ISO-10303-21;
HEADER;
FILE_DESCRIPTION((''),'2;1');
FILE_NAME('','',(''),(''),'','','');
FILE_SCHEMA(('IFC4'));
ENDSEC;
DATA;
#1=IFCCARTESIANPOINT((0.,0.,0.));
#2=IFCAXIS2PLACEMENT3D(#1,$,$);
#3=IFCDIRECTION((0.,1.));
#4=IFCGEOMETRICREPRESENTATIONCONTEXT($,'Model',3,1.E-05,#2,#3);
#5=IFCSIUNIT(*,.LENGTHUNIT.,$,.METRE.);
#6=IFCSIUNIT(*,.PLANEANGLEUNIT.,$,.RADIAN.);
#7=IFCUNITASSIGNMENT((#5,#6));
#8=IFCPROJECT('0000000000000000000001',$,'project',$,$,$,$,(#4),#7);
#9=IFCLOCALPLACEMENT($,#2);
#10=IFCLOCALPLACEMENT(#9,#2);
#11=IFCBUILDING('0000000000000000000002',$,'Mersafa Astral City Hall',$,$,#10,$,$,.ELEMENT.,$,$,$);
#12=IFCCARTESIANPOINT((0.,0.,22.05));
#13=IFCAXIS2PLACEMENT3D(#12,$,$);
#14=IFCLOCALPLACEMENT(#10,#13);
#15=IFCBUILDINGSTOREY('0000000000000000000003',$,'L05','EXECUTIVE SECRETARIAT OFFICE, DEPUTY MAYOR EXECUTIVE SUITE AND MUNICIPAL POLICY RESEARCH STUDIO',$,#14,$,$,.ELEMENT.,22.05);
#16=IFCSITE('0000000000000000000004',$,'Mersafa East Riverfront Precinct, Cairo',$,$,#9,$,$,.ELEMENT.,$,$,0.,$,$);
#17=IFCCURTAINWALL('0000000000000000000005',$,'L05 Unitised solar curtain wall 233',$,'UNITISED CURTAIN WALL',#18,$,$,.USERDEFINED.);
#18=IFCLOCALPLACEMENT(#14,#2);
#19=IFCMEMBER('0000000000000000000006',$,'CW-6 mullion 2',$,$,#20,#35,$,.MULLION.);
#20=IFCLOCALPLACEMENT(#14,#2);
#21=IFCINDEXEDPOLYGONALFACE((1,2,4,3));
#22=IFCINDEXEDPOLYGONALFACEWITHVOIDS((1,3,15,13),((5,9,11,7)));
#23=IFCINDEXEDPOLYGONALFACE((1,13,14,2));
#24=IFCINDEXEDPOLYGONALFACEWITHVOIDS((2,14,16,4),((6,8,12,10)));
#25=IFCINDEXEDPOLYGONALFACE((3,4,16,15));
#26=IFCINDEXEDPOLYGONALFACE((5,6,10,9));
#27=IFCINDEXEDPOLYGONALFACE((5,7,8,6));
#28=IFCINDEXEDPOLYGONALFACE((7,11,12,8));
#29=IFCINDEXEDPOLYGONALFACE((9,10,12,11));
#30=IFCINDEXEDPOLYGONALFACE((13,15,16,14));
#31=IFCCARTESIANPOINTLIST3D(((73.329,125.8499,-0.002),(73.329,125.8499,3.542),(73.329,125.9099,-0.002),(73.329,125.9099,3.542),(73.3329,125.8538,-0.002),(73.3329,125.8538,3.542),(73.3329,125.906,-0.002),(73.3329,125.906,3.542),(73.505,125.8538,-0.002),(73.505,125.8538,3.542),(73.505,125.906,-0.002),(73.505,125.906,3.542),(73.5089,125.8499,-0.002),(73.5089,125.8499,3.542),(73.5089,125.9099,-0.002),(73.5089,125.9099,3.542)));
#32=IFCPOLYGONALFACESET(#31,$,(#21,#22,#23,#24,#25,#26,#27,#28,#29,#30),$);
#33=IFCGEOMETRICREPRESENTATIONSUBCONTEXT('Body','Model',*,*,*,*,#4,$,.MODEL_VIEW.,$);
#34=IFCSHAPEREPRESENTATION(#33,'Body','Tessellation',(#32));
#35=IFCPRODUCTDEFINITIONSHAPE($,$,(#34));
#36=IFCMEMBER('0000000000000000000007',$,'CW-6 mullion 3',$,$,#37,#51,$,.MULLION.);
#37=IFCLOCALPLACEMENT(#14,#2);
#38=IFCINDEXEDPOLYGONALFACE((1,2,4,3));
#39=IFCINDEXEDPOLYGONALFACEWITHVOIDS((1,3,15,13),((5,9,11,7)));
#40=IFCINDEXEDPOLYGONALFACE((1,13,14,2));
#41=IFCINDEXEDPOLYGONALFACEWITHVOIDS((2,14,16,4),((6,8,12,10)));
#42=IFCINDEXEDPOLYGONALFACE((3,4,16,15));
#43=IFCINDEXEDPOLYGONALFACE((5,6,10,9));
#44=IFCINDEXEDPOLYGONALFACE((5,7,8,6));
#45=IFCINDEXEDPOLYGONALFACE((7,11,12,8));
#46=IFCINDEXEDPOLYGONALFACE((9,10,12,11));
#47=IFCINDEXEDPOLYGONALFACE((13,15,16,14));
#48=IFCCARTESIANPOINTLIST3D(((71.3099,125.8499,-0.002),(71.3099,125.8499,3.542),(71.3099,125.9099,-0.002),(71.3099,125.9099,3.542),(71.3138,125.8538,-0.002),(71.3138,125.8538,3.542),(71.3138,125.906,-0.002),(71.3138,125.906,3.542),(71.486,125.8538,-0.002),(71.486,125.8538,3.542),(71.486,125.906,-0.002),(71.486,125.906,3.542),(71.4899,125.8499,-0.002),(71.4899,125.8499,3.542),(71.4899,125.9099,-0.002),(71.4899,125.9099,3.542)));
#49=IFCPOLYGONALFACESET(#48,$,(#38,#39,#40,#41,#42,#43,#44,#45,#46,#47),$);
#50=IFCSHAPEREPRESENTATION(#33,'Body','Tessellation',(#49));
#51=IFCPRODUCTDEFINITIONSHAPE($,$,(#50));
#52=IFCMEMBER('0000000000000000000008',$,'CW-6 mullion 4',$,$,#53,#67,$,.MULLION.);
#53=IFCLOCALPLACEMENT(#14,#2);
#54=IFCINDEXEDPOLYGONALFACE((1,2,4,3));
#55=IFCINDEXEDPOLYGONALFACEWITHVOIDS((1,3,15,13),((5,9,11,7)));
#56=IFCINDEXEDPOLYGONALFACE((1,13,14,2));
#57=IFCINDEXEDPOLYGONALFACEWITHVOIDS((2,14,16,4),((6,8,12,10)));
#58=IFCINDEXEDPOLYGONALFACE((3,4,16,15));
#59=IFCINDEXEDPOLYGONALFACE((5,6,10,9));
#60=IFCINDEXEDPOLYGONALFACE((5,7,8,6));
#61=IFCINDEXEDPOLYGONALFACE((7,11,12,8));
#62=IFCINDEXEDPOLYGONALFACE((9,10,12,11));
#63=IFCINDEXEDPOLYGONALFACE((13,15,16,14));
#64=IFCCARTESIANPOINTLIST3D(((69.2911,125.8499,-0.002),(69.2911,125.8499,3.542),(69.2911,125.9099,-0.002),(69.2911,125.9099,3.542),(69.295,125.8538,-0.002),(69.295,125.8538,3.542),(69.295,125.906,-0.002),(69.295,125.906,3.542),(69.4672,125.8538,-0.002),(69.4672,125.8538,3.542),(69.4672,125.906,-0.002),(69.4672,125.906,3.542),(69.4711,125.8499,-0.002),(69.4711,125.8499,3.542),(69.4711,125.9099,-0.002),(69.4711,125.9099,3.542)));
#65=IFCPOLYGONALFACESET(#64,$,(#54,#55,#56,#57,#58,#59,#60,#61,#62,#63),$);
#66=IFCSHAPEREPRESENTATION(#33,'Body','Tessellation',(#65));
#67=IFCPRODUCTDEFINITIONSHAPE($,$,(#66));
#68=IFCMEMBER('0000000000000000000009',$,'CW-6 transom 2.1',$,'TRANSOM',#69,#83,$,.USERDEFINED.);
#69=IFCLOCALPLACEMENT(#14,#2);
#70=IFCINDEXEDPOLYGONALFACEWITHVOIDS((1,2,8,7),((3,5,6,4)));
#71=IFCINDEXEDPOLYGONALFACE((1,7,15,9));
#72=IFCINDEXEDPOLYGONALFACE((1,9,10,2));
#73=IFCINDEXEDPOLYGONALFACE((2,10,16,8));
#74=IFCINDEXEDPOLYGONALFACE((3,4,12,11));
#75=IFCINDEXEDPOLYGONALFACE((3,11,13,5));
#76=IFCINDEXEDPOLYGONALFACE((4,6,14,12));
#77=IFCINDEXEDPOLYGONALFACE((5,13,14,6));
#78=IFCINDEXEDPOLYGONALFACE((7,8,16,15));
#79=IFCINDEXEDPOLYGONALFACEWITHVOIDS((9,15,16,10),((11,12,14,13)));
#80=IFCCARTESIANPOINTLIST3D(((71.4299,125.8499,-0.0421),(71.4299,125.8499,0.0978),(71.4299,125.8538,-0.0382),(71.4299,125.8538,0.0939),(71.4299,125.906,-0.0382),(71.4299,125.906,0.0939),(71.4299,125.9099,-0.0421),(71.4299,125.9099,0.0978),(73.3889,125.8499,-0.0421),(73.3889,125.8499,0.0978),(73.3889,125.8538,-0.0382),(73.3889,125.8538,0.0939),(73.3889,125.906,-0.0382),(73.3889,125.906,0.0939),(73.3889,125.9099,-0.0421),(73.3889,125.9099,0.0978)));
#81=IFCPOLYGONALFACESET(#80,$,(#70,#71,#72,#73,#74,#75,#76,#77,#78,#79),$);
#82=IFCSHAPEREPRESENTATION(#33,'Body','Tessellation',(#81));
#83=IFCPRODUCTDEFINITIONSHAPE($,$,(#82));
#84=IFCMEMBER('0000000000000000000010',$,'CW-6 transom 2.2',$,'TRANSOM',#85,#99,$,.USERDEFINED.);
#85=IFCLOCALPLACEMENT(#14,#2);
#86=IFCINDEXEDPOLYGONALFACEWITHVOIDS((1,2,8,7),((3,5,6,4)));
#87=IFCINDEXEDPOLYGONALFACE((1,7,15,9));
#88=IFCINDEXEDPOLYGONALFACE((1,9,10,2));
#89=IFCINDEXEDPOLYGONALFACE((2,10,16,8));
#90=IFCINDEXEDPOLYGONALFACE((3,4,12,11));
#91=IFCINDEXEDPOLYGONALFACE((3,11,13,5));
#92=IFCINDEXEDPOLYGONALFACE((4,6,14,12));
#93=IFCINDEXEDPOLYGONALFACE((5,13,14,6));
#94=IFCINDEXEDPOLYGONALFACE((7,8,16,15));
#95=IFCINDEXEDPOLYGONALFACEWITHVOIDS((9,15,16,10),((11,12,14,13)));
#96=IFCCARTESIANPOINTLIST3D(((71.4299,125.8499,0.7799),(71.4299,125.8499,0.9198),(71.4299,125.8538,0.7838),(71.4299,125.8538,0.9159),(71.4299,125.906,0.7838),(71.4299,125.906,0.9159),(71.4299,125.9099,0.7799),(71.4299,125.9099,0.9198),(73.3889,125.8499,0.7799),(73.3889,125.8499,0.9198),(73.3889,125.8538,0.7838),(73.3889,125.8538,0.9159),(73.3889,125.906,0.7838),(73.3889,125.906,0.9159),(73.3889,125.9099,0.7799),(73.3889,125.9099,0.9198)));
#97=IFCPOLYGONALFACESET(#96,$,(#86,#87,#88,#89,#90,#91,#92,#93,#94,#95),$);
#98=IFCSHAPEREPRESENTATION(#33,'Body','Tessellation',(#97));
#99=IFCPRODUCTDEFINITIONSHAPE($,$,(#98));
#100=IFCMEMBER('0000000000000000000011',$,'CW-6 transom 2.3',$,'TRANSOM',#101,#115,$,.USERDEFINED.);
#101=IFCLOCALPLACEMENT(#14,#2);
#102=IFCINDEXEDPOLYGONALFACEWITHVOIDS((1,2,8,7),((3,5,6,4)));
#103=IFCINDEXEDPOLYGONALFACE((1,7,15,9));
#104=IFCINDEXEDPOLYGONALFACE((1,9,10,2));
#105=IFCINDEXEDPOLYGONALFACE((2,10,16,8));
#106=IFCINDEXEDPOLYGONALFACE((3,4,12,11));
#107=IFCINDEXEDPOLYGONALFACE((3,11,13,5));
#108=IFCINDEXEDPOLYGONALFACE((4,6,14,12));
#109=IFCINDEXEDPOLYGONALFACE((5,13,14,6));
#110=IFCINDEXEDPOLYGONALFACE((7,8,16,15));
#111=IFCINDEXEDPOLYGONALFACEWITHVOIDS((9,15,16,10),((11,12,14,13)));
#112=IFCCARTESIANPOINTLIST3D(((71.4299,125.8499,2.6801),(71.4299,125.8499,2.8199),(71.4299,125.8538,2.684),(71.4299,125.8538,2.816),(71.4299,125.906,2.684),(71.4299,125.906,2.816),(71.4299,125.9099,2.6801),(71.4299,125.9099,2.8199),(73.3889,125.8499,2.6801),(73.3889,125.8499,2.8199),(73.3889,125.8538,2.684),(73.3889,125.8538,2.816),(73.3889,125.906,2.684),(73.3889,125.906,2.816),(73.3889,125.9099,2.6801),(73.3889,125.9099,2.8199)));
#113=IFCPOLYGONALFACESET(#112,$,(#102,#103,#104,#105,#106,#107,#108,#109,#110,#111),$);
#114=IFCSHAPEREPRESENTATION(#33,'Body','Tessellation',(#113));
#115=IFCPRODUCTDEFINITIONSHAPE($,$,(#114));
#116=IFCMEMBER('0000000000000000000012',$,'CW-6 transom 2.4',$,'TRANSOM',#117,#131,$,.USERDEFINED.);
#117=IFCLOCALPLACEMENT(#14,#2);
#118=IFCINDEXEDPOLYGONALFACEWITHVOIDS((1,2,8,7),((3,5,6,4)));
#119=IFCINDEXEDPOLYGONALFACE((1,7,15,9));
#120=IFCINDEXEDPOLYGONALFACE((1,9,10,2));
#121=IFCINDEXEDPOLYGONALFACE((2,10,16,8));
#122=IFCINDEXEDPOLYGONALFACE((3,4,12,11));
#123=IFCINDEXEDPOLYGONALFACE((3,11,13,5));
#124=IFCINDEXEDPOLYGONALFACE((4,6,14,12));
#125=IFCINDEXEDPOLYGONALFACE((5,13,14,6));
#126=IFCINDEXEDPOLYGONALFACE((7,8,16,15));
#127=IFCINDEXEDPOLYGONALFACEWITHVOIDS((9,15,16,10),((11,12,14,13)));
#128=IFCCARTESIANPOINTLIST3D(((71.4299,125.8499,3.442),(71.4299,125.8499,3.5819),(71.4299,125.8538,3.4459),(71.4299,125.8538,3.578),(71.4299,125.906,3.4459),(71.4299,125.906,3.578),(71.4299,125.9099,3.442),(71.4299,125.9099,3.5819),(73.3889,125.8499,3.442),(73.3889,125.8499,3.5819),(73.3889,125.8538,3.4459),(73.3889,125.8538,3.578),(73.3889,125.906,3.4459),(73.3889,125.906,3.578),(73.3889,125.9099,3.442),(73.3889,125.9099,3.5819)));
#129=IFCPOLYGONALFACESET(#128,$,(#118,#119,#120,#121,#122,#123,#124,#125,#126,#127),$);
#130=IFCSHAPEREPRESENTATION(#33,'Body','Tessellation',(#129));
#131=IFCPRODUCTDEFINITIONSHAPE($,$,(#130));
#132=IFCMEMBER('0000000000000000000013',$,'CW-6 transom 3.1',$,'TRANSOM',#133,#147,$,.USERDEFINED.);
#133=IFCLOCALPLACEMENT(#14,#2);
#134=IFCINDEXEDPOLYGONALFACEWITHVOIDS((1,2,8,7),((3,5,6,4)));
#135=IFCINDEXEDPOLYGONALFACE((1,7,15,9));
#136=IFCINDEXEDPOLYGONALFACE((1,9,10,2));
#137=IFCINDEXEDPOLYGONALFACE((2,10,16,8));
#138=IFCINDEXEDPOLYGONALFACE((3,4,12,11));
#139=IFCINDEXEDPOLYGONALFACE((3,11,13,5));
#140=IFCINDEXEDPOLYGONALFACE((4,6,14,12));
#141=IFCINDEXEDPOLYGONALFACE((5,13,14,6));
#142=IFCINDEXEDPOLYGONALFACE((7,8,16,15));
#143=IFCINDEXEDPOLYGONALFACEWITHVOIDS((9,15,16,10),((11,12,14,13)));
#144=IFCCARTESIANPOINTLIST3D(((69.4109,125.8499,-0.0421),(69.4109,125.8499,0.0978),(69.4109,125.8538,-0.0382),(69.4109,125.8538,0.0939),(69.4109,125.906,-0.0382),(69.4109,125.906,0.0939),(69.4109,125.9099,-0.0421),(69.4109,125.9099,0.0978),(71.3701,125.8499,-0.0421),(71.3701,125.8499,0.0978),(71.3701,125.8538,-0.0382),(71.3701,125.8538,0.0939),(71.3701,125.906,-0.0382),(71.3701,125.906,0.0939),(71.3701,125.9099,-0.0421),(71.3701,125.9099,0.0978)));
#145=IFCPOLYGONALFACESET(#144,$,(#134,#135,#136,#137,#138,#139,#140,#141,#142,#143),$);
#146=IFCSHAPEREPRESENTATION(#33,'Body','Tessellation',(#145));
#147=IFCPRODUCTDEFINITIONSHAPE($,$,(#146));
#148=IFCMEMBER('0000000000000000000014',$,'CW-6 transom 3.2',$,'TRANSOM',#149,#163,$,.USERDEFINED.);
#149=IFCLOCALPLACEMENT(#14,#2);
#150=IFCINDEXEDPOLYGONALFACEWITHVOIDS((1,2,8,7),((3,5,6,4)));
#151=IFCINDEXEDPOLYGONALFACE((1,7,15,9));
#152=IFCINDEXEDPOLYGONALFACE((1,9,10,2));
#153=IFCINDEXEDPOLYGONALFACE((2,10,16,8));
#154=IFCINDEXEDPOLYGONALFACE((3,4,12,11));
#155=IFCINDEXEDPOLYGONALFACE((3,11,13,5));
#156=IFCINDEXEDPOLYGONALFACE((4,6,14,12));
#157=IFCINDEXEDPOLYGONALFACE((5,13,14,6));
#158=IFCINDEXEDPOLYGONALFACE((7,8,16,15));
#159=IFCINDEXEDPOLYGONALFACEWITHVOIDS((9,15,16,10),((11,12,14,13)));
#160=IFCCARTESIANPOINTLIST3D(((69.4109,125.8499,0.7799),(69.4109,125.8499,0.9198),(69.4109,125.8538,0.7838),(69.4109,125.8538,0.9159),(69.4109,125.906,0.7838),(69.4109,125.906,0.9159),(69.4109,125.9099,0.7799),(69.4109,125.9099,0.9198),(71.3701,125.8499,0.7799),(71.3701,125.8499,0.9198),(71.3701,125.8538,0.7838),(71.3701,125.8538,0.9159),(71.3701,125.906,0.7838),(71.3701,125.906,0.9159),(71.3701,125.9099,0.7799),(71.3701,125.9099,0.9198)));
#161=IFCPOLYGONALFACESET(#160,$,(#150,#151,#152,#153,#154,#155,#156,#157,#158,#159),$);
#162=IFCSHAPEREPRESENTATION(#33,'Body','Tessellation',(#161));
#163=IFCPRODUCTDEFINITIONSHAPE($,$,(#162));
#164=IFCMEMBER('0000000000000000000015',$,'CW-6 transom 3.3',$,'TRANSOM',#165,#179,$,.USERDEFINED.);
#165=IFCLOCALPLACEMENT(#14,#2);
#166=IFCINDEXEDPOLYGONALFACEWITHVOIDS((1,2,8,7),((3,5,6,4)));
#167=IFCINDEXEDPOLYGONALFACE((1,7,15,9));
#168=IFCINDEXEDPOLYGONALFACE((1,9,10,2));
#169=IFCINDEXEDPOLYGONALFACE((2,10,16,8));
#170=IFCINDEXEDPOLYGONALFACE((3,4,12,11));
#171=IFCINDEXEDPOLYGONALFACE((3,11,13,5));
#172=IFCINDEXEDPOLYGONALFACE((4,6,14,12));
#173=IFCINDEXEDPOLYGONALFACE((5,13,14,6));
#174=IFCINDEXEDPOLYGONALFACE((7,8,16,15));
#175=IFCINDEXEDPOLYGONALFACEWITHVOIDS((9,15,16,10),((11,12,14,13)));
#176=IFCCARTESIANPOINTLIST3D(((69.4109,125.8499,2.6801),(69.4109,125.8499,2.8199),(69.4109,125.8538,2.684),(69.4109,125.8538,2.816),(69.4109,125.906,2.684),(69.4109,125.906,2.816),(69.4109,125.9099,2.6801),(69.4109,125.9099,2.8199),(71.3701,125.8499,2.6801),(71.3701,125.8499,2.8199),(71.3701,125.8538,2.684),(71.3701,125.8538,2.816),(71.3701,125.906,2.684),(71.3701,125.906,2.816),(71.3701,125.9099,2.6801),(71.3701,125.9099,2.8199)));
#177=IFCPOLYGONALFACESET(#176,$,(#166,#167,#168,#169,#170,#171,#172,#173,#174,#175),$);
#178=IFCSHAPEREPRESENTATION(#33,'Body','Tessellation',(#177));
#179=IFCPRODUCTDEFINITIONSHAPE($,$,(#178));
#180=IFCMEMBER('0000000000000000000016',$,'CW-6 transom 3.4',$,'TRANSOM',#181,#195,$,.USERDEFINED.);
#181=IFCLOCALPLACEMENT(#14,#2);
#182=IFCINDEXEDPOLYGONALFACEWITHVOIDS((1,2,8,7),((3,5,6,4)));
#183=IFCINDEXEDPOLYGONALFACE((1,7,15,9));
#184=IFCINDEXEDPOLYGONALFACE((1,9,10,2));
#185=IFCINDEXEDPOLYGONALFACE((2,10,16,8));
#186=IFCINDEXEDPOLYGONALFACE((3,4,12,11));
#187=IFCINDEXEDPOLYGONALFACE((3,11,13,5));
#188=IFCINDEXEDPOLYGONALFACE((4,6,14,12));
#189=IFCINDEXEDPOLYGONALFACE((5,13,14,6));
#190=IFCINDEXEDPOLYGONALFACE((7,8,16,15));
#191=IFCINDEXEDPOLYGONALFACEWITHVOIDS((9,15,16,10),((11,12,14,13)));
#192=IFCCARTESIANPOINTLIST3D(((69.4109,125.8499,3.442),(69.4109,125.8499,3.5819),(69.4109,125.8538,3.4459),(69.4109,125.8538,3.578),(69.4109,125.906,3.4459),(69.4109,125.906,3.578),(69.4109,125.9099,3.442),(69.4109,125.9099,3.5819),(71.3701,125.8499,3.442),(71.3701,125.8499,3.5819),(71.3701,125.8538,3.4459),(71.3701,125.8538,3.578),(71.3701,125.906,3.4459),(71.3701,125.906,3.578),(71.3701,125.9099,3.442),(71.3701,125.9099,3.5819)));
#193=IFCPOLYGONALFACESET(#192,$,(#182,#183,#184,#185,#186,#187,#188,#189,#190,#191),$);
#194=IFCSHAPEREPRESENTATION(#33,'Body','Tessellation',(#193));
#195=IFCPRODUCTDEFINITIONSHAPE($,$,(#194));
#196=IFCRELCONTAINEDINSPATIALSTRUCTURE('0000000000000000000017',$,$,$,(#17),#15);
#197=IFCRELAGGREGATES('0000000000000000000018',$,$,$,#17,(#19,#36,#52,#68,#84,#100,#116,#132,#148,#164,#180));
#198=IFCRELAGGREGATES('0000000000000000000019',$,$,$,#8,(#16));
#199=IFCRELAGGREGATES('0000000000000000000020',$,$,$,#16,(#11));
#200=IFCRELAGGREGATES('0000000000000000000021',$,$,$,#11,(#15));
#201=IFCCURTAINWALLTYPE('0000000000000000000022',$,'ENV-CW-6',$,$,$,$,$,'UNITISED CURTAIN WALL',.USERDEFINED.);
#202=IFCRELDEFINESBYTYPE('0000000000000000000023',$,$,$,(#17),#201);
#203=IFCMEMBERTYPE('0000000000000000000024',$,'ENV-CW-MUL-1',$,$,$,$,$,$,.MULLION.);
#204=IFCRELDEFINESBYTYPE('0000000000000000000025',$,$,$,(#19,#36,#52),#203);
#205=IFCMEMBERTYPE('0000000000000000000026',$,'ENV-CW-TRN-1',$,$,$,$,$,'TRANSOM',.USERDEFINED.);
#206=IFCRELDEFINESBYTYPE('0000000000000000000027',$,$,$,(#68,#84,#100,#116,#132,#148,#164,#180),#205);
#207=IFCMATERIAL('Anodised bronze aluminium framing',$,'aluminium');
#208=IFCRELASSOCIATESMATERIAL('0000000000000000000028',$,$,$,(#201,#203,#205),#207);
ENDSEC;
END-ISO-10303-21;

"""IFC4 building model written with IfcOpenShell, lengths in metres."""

from ifc_helpers import new_model, si_unit, direction, frame, origin, origin_2d, place, context, subcontext, project, spatial, hollow_rectangle, extrude, material, material_profile, profile_set, type_object, element, aggregate, save


model = new_model("IFC4")

# Units and contexts
model_context = context("Model", 3, precision=1e-05, world=origin(), true_north=direction((0.0, 1.0)))
body_context = subcontext(model_context, "Body", "Model", "MODEL_VIEW")
ifc_project = project(units=[si_unit("LENGTHUNIT", "METRE"), si_unit("PLANEANGLEUNIT", "RADIAN")], contexts=[model_context])

# Site, building, storey
site_placement = place(None, origin())
site = spatial("IfcSite", under=ifc_project, at=site_placement, Name="Mersafa East Riverfront Precinct, Cairo", CompositionType="ELEMENT", RefElevation=0.0)
building_placement = place(site_placement, origin())
building = spatial("IfcBuilding", under=site, at=building_placement, Name="Mersafa Astral City Hall", CompositionType="ELEMENT")
storey_placement = place(building_placement, frame((0.0, 0.0, 22.05)))
storey = spatial("IfcBuildingStorey", under=building, at=storey_placement, Name="L05", Description="EXECUTIVE SECRETARIAT OFFICE, DEPUTY MAYOR EXECUTIVE SUITE AND MUNICIPAL POLICY RESEARCH STUDIO", CompositionType="ELEMENT", Elevation=22.05)

# Curtain wall, members
ifc_material_1 = material(Name="Anodised bronze aluminium framing", Category="aluminium")
curtain_wall_type_1 = type_object("IfcCurtainWallType", Name="ENV-CW-6", ElementType="UNITISED CURTAIN WALL", PredefinedType="USERDEFINED", material=ifc_material_1)
curtain_wall_1_placement = place(storey_placement, origin())
curtain_wall_1 = element("IfcCurtainWall", 1, at=curtain_wall_1_placement, inside=storey, type_object=curtain_wall_type_1, Name="L05 Unitised solar curtain wall 233", ObjectType="UNITISED CURTAIN WALL", PredefinedType="USERDEFINED")
ifc_material_profile_1 = material_profile(ifc_material_1, hollow_rectangle(XDim=0.0601, YDim=0.1799, WallThickness=0.0039, at=origin_2d()), Name="RHS 60x180x4")
ifc_profile_set_1 = profile_set([ifc_material_profile_1], Name="Anodised bronze aluminium framing")
member_type_1 = type_object("IfcMemberType", Name="ENV-CW-MUL-1", PredefinedType="MULLION", material=ifc_profile_set_1)
member_1_placement = place(storey_placement, frame((73.4189, 125.8799, -0.002), z_axis=(0.0, 0.0, 1.0), x_axis=(0.0, -1.0, 0.0)))
member_1 = element("IfcMember", 2, at=member_1_placement, type_object=member_type_1, Name="CW-6 mullion 2", PredefinedType="MULLION", context=body_context, shape_type="SweptSolid", body=[
    extrude(hollow_rectangle(XDim=0.0601, YDim=0.1799, WallThickness=0.0039, at=origin_2d()), origin(), (0.0, 0.0, 1.0), 3.5439),
])
member_2_placement = place(storey_placement, frame((71.3999, 125.8799, -0.002), z_axis=(0.0, 0.0, 1.0), x_axis=(0.0, -1.0, 0.0)))
member_2 = element("IfcMember", 3, at=member_2_placement, type_object=member_type_1, Name="CW-6 mullion 3", PredefinedType="MULLION", context=body_context, shape_type="SweptSolid", body=[
    extrude(hollow_rectangle(XDim=0.0601, YDim=0.1799, WallThickness=0.0039, at=origin_2d()), origin(), (0.0, 0.0, 1.0), 3.5439),
])
member_3_placement = place(storey_placement, frame((69.3811, 125.8799, -0.002), z_axis=(0.0, 0.0, 1.0), x_axis=(0.0, -1.0, 0.0)))
member_3 = element("IfcMember", 4, at=member_3_placement, type_object=member_type_1, Name="CW-6 mullion 4", PredefinedType="MULLION", context=body_context, shape_type="SweptSolid", body=[
    extrude(hollow_rectangle(XDim=0.0601, YDim=0.1799, WallThickness=0.0039, at=origin_2d()), origin(), (0.0, 0.0, 1.0), 3.5439),
])
ifc_material_profile_2 = material_profile(ifc_material_1, hollow_rectangle(XDim=0.0601, YDim=0.1399, WallThickness=0.0039, at=origin_2d()), Name="RHS 60x140x4")
ifc_profile_set_2 = profile_set([ifc_material_profile_2], Name="Anodised bronze aluminium framing")
member_type_2 = type_object("IfcMemberType", Name="ENV-CW-TRN-1", ElementType="TRANSOM", PredefinedType="USERDEFINED", material=ifc_profile_set_2)
member_4_placement = place(storey_placement, frame((73.3889, 125.8799, 0.0278), z_axis=(-1.0, 0.0, 0.0), x_axis=(0.0, -1.0, 0.0)))
member_4 = element("IfcMember", 5, at=member_4_placement, type_object=member_type_2, Name="CW-6 transom 2.1", ObjectType="TRANSOM", PredefinedType="USERDEFINED", context=body_context, shape_type="SweptSolid", body=[
    extrude(hollow_rectangle(XDim=0.0601, YDim=0.1399, WallThickness=0.0039, at=origin_2d()), origin(), (0.0, 0.0, 1.0), 1.959),
])
member_5_placement = place(storey_placement, frame((73.3889, 125.8799, 0.8499), z_axis=(-1.0, 0.0, 0.0), x_axis=(0.0, -1.0, 0.0)))
member_5 = element("IfcMember", 6, at=member_5_placement, type_object=member_type_2, Name="CW-6 transom 2.2", ObjectType="TRANSOM", PredefinedType="USERDEFINED", context=body_context, shape_type="SweptSolid", body=[
    extrude(hollow_rectangle(XDim=0.0601, YDim=0.1399, WallThickness=0.0039, at=origin_2d()), origin(), (0.0, 0.0, 1.0), 1.959),
])
member_6_placement = place(storey_placement, frame((73.3889, 125.8799, 2.75), z_axis=(-1.0, 0.0, 0.0), x_axis=(0.0, -1.0, 0.0)))
member_6 = element("IfcMember", 7, at=member_6_placement, type_object=member_type_2, Name="CW-6 transom 2.3", ObjectType="TRANSOM", PredefinedType="USERDEFINED", context=body_context, shape_type="SweptSolid", body=[
    extrude(hollow_rectangle(XDim=0.0601, YDim=0.1399, WallThickness=0.0039, at=origin_2d()), origin(), (0.0, 0.0, 1.0), 1.959),
])
member_7_placement = place(storey_placement, frame((73.3889, 125.8799, 3.512), z_axis=(-1.0, 0.0, 0.0), x_axis=(0.0, -1.0, 0.0)))
member_7 = element("IfcMember", 8, at=member_7_placement, type_object=member_type_2, Name="CW-6 transom 2.4", ObjectType="TRANSOM", PredefinedType="USERDEFINED", context=body_context, shape_type="SweptSolid", body=[
    extrude(hollow_rectangle(XDim=0.0601, YDim=0.1399, WallThickness=0.0039, at=origin_2d()), origin(), (0.0, 0.0, 1.0), 1.959),
])
member_8_placement = place(storey_placement, frame((71.3701, 125.8799, 0.0278), z_axis=(-1.0, 0.0, 0.0), x_axis=(0.0, -1.0, 0.0)))
member_8 = element("IfcMember", 9, at=member_8_placement, type_object=member_type_2, Name="CW-6 transom 3.1", ObjectType="TRANSOM", PredefinedType="USERDEFINED", context=body_context, shape_type="SweptSolid", body=[
    extrude(hollow_rectangle(XDim=0.0601, YDim=0.1399, WallThickness=0.0039, at=origin_2d()), origin(), (0.0, 0.0, 1.0), 1.9592),
])
member_9_placement = place(storey_placement, frame((71.3701, 125.8799, 0.8499), z_axis=(-1.0, 0.0, 0.0), x_axis=(0.0, -1.0, 0.0)))
member_9 = element("IfcMember", 10, at=member_9_placement, type_object=member_type_2, Name="CW-6 transom 3.2", ObjectType="TRANSOM", PredefinedType="USERDEFINED", context=body_context, shape_type="SweptSolid", body=[
    extrude(hollow_rectangle(XDim=0.0601, YDim=0.1399, WallThickness=0.0039, at=origin_2d()), origin(), (0.0, 0.0, 1.0), 1.9592),
])
member_10_placement = place(storey_placement, frame((71.3701, 125.8799, 2.75), z_axis=(-1.0, 0.0, 0.0), x_axis=(0.0, -1.0, 0.0)))
member_10 = element("IfcMember", 11, at=member_10_placement, type_object=member_type_2, Name="CW-6 transom 3.3", ObjectType="TRANSOM", PredefinedType="USERDEFINED", context=body_context, shape_type="SweptSolid", body=[
    extrude(hollow_rectangle(XDim=0.0601, YDim=0.1399, WallThickness=0.0039, at=origin_2d()), origin(), (0.0, 0.0, 1.0), 1.9592),
])
member_11_placement = place(storey_placement, frame((71.3701, 125.8799, 3.512), z_axis=(-1.0, 0.0, 0.0), x_axis=(0.0, -1.0, 0.0)))
member_11 = element("IfcMember", 12, at=member_11_placement, type_object=member_type_2, Name="CW-6 transom 3.4", ObjectType="TRANSOM", PredefinedType="USERDEFINED", context=body_context, shape_type="SweptSolid", body=[
    extrude(hollow_rectangle(XDim=0.0601, YDim=0.1399, WallThickness=0.0039, at=origin_2d()), origin(), (0.0, 0.0, 1.0), 1.9592),
])

aggregate(curtain_wall_1, [member_1, member_2, member_3, member_4, member_5, member_6, member_7, member_8, member_9, member_10, member_11])

save(model, "model.ifc")
